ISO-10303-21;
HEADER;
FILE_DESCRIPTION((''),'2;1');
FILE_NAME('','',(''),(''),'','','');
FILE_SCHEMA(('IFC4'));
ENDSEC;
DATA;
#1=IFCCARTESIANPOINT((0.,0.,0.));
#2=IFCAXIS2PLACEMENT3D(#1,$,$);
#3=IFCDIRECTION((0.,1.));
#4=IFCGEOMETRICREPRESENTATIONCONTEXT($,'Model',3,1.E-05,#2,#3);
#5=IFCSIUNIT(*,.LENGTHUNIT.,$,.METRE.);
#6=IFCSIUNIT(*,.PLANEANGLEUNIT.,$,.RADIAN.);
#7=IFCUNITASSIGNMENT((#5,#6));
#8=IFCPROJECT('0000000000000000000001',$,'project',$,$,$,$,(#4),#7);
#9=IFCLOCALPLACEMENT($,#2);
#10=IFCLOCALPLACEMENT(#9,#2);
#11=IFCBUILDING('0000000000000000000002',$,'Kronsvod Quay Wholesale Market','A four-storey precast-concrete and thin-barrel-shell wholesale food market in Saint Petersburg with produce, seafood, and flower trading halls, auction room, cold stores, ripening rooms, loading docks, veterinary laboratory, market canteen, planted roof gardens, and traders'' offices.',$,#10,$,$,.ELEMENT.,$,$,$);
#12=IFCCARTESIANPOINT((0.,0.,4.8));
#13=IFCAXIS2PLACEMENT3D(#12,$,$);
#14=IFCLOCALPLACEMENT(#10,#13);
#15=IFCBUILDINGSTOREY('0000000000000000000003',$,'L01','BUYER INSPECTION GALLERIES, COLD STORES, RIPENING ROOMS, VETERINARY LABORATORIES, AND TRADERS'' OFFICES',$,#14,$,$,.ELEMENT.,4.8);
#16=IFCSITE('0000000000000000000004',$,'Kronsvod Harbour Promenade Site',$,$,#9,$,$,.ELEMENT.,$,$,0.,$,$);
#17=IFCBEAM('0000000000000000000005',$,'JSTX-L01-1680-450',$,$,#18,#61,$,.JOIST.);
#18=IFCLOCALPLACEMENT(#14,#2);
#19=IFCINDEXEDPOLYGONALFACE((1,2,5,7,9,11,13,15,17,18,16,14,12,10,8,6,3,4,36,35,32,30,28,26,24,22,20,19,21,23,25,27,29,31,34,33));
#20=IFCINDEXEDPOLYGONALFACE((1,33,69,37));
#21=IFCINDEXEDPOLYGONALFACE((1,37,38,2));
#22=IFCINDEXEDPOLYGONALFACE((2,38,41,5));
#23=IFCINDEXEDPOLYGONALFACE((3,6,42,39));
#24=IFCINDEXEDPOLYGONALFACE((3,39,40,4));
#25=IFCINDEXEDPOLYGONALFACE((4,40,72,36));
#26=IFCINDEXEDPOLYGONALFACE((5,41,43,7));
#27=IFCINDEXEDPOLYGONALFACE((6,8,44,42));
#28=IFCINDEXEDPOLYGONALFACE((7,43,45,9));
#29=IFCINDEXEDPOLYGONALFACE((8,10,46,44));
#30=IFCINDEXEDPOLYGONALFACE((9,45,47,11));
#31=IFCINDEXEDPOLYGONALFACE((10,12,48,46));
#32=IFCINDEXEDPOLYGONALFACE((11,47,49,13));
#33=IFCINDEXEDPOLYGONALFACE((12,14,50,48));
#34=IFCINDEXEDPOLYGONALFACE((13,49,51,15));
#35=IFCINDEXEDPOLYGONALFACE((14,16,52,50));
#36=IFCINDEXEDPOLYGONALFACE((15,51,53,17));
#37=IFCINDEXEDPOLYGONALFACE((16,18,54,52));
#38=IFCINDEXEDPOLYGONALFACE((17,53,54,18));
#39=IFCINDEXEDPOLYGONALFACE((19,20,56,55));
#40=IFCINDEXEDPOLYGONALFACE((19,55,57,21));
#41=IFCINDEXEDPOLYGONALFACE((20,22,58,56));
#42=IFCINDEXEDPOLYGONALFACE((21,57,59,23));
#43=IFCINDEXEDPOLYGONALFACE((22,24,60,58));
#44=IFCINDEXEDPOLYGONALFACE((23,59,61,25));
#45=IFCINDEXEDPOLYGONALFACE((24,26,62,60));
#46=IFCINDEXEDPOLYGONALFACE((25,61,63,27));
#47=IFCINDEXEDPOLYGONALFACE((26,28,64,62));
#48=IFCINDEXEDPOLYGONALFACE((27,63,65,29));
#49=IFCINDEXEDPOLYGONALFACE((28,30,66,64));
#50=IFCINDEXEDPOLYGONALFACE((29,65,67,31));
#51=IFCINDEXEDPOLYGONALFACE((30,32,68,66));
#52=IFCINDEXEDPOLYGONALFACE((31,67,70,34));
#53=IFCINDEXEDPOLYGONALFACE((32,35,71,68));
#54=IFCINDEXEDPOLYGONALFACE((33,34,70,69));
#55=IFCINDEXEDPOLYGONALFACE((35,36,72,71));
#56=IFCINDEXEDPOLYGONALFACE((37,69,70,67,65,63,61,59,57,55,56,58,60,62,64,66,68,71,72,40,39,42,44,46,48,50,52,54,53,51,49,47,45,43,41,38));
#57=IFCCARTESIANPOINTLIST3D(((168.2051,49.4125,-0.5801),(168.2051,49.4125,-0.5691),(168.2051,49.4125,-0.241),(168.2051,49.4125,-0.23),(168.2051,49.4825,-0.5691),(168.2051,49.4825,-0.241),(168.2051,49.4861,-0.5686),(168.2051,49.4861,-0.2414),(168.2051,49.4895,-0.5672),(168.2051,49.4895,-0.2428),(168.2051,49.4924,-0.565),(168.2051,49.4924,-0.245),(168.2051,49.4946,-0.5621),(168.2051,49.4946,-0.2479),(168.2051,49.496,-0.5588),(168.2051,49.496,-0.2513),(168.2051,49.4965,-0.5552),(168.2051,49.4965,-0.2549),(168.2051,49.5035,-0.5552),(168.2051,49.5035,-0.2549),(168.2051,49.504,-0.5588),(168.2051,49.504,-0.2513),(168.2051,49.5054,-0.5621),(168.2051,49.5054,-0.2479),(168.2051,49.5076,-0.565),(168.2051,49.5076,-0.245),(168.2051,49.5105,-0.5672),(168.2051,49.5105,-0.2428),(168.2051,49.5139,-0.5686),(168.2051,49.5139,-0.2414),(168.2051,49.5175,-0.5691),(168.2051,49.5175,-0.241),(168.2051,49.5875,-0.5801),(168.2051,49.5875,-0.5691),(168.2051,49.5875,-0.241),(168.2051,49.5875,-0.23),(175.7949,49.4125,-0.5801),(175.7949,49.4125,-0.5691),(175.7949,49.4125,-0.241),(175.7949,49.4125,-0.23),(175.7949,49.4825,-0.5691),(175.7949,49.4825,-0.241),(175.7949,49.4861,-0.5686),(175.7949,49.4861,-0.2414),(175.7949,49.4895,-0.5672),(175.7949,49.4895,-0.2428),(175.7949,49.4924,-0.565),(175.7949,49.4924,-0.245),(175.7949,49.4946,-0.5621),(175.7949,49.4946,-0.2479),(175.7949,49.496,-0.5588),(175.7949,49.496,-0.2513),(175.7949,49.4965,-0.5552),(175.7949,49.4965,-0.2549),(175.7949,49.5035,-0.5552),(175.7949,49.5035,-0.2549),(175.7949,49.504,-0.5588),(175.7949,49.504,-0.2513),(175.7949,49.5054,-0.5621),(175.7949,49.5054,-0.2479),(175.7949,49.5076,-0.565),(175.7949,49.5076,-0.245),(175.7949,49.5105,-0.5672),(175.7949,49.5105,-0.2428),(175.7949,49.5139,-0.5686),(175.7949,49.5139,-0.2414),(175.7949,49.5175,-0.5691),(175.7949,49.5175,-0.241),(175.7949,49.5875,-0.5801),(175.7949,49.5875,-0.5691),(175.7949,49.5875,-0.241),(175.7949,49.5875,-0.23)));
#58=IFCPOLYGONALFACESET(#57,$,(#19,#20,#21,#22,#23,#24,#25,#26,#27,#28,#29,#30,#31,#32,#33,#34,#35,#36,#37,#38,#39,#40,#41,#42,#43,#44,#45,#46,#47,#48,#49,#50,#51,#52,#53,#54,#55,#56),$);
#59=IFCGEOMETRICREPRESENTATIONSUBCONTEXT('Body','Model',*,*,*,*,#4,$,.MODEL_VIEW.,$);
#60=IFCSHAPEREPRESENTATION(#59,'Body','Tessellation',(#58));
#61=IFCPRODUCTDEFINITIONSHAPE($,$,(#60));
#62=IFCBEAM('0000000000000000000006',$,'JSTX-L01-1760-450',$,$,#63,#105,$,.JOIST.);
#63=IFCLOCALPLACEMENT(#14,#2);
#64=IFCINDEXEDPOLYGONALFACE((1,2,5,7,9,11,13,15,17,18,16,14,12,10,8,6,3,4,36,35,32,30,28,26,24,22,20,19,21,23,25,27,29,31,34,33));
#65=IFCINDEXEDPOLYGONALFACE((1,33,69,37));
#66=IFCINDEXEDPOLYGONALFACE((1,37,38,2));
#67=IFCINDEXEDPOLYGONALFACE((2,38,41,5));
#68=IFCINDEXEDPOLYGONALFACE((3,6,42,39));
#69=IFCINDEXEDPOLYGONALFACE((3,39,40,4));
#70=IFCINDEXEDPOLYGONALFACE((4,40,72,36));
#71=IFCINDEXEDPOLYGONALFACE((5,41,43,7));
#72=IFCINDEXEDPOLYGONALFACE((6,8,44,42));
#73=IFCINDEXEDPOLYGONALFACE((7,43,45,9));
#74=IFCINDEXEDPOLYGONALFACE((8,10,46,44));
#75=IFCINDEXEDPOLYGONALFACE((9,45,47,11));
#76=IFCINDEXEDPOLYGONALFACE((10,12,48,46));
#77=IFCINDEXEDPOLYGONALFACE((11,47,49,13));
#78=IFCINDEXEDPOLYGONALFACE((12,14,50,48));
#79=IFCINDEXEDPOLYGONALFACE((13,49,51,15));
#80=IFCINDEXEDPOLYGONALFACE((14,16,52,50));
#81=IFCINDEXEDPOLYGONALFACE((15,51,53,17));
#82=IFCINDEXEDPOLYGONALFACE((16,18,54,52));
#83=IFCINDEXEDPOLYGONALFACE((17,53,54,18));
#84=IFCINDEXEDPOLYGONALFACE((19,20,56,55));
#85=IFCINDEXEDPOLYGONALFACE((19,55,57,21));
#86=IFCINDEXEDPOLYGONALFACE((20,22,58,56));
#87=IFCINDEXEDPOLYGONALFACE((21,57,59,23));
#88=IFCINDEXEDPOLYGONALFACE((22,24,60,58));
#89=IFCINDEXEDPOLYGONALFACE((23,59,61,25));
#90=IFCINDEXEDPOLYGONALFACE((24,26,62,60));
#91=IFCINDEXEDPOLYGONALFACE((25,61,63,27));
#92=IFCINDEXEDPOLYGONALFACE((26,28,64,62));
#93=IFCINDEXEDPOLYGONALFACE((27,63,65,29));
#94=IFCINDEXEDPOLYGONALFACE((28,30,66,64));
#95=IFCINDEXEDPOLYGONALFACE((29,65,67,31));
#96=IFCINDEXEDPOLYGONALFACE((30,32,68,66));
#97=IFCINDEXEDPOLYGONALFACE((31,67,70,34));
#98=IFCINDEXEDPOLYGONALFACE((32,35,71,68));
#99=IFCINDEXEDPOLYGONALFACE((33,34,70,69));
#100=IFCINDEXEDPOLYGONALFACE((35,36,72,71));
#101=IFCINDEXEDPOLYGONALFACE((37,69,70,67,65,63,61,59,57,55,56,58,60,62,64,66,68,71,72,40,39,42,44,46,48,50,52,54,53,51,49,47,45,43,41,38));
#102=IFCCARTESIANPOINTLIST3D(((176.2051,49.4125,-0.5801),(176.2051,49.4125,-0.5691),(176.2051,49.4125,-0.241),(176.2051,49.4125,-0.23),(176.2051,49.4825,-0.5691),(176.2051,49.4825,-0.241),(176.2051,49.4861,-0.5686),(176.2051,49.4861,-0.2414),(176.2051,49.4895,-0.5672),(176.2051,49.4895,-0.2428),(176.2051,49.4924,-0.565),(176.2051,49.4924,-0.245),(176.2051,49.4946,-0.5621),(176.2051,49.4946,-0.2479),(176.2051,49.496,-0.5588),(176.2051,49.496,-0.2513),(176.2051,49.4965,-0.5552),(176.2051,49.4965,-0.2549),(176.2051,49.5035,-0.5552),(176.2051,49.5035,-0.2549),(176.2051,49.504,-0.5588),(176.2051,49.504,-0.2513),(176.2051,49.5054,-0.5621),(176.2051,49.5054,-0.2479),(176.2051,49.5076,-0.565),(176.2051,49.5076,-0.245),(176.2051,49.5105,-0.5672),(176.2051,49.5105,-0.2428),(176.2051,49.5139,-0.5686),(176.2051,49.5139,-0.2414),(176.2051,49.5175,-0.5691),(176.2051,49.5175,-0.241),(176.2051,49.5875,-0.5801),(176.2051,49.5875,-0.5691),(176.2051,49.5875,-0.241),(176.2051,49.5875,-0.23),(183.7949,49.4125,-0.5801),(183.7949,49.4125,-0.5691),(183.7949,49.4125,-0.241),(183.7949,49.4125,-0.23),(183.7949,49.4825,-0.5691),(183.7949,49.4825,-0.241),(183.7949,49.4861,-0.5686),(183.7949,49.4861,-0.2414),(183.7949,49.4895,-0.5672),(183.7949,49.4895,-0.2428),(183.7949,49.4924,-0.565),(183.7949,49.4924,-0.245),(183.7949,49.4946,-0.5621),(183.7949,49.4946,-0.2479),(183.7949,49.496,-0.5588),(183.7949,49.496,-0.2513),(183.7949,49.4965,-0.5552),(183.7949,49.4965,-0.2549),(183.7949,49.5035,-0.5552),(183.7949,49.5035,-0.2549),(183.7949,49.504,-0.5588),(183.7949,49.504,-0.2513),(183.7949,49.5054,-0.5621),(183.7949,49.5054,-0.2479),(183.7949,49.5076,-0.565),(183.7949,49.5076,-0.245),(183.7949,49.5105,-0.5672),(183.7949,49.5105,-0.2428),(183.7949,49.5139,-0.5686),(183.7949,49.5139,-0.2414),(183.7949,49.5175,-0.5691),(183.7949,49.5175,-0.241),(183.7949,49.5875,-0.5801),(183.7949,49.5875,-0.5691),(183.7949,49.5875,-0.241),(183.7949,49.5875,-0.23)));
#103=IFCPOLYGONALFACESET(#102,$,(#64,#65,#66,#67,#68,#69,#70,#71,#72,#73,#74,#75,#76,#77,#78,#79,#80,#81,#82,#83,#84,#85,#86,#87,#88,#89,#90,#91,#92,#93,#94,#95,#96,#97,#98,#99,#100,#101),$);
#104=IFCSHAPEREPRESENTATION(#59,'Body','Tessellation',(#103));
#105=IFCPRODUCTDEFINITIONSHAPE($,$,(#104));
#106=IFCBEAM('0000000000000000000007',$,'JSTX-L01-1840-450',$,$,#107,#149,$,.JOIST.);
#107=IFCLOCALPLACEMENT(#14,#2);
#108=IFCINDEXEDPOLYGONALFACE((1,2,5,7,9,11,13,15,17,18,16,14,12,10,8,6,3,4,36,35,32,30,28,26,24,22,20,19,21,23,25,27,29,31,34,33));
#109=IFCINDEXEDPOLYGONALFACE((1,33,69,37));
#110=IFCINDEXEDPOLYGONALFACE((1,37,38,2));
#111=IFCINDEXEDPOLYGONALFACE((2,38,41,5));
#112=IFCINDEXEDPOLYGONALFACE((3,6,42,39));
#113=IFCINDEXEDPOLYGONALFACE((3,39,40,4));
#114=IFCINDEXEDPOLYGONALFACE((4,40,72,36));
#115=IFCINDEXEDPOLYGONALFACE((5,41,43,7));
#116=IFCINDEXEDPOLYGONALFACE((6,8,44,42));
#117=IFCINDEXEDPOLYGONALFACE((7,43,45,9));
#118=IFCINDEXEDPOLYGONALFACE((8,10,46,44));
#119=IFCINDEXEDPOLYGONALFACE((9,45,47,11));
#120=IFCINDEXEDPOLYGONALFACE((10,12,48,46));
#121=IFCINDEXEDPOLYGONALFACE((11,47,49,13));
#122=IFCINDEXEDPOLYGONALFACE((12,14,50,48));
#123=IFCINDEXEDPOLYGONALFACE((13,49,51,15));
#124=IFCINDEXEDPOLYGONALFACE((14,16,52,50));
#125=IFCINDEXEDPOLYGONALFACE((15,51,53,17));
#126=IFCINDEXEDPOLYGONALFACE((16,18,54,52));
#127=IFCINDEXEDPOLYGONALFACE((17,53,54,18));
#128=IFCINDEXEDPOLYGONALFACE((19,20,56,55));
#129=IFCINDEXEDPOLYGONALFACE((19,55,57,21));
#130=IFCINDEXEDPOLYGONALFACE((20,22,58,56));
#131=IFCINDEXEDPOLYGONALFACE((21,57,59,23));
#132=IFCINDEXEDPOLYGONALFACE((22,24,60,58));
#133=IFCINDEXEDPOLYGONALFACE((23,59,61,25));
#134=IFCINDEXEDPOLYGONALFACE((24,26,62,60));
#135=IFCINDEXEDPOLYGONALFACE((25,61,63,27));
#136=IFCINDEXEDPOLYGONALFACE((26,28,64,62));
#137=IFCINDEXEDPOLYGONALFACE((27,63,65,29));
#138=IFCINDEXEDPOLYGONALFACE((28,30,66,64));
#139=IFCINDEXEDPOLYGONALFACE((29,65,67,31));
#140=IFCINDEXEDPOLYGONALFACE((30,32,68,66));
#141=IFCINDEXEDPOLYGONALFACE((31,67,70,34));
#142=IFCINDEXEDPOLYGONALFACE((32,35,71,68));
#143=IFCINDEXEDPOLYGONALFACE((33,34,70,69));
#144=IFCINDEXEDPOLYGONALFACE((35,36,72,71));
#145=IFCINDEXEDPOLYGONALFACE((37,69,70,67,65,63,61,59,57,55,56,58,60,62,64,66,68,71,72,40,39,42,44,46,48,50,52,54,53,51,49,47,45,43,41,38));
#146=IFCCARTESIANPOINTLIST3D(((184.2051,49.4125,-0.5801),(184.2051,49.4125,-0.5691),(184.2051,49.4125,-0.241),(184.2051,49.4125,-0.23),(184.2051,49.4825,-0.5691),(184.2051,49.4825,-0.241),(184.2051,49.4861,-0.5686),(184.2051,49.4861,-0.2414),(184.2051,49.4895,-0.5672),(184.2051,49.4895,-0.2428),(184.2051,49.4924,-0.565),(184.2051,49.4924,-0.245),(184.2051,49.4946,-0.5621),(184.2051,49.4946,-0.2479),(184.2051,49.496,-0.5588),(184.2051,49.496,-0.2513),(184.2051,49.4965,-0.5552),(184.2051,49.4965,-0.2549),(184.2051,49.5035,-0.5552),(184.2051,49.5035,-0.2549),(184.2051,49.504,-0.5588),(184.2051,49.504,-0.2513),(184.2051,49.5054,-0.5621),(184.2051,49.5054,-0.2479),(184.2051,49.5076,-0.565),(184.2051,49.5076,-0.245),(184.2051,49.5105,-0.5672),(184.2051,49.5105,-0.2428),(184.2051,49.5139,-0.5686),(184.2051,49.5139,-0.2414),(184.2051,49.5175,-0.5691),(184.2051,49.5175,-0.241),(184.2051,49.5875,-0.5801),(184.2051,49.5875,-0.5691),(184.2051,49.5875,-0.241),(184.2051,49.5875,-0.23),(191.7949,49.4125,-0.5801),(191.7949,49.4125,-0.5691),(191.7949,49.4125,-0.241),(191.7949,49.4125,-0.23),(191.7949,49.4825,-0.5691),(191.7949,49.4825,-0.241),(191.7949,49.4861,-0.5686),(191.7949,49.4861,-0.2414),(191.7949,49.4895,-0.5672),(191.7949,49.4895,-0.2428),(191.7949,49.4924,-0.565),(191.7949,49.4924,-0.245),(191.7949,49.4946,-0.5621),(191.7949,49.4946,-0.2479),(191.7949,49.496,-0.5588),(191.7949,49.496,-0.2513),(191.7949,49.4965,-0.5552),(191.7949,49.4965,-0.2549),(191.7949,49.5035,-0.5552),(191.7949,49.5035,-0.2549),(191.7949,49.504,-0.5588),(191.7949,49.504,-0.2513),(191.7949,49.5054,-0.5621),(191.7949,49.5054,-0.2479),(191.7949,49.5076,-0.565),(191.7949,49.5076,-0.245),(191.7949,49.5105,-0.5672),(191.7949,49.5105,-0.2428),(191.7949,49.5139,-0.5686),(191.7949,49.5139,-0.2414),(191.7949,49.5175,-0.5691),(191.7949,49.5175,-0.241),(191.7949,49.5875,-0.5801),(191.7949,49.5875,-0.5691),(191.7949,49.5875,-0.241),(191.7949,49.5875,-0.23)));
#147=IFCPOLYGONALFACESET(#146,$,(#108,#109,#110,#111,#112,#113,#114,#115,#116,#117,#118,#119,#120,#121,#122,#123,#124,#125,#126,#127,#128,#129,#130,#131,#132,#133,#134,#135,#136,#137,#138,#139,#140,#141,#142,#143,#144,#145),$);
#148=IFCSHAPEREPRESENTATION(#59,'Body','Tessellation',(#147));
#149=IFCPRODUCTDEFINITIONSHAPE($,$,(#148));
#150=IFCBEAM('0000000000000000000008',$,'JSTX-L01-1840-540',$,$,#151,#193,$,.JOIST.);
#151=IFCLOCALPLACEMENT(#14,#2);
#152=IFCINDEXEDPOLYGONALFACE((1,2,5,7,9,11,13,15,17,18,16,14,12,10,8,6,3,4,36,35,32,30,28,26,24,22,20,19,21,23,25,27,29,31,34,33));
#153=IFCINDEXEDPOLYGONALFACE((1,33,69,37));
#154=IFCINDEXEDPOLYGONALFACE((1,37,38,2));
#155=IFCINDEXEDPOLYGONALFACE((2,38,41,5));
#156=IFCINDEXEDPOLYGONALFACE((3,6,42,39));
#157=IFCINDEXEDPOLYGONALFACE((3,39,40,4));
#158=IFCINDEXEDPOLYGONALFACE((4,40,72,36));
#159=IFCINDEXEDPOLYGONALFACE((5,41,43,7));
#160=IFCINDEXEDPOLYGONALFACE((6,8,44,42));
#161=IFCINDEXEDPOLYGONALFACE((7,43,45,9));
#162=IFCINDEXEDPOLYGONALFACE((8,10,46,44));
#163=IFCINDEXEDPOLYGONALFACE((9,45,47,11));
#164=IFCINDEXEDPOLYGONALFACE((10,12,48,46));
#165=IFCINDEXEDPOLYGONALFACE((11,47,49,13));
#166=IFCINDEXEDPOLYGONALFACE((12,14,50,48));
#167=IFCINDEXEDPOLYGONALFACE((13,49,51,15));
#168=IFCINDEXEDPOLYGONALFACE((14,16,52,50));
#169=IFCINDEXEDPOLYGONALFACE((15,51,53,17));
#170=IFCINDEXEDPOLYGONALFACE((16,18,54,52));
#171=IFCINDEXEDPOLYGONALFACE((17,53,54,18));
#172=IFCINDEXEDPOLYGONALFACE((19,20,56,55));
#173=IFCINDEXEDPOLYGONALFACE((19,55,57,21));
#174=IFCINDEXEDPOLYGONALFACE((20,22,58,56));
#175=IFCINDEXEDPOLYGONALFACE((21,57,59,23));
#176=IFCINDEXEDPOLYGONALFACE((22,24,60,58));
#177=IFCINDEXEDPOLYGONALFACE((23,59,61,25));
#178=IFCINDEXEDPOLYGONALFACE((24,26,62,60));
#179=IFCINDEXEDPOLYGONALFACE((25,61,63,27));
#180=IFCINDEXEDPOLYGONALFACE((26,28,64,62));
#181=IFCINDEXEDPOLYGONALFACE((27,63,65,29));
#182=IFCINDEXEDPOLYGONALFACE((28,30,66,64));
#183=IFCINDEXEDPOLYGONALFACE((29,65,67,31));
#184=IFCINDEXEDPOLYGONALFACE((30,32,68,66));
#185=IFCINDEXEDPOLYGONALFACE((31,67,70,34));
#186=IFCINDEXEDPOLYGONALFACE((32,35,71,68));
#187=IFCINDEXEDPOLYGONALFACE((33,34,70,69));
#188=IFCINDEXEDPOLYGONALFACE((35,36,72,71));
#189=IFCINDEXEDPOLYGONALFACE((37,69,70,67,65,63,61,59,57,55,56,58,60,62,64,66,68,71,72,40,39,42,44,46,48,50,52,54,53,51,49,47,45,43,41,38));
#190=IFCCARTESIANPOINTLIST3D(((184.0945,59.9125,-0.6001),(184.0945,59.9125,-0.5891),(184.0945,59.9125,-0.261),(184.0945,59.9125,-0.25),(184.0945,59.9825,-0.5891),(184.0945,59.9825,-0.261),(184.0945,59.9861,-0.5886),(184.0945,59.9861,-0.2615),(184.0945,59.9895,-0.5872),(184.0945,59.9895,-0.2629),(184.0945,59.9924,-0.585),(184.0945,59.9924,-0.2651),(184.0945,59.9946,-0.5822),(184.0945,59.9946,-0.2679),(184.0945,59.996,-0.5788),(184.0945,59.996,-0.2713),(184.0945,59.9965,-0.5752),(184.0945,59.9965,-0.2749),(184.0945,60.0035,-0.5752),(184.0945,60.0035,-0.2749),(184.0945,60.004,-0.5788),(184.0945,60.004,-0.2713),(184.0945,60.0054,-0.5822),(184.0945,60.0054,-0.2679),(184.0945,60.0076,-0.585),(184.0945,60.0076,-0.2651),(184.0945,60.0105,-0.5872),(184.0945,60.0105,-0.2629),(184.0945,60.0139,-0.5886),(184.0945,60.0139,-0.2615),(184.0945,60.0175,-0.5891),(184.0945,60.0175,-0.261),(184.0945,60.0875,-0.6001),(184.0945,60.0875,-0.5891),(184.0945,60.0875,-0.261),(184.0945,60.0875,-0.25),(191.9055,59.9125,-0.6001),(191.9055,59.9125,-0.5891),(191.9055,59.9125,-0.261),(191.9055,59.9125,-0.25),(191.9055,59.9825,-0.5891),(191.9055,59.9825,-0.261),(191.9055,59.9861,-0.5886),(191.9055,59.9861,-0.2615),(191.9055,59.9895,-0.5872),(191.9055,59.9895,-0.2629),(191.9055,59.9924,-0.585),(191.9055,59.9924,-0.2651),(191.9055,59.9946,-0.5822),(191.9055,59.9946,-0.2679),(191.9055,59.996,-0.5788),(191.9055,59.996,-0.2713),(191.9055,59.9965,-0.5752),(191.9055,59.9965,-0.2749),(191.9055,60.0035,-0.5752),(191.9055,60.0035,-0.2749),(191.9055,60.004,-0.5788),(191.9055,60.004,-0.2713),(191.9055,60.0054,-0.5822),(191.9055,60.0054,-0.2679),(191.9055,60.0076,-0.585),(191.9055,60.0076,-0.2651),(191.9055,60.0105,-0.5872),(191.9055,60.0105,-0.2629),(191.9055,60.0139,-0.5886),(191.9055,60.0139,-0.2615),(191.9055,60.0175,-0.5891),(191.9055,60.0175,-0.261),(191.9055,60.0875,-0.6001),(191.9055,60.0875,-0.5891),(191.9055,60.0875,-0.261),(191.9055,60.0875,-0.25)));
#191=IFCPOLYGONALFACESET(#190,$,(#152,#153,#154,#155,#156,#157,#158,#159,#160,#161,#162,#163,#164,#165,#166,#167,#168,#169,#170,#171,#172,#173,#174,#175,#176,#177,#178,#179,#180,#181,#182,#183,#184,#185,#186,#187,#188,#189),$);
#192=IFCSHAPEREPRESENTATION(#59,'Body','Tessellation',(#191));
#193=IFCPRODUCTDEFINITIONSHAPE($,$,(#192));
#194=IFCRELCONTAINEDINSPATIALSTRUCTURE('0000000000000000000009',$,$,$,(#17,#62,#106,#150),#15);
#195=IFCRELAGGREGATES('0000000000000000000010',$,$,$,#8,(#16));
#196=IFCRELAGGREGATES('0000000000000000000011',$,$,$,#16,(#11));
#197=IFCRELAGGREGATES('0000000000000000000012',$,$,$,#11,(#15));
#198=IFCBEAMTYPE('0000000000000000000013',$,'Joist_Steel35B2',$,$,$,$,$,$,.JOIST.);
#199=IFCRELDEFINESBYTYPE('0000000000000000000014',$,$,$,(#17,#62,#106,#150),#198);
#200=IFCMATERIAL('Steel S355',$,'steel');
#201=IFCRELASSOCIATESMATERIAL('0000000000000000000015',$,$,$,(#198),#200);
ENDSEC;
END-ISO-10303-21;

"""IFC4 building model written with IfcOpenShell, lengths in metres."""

from ifc_helpers import new_model, si_unit, direction, frame, origin, origin_2d, place, context, subcontext, project, spatial, i_section, extrude, material, material_profile, profile_set, type_object, element, save


model = new_model("IFC4")

# Units and contexts
model_context = context("Model", 3, precision=1e-05, world=origin(), true_north=direction((0.0, 1.0)))
body_context = subcontext(model_context, "Body", "Model", "MODEL_VIEW")
ifc_project = project(units=[si_unit("LENGTHUNIT", "METRE"), si_unit("PLANEANGLEUNIT", "RADIAN")], contexts=[model_context])

# Site, building, storey
site_placement = place(None, origin())
site = spatial("IfcSite", under=ifc_project, at=site_placement, Name="Kronsvod Harbour Promenade Site", CompositionType="ELEMENT", RefElevation=0.0)
building_placement = place(site_placement, origin())
building = spatial("IfcBuilding", under=site, at=building_placement, Name="Kronsvod Quay Wholesale Market", Description="A four-storey precast-concrete and thin-barrel-shell wholesale food market in Saint Petersburg with produce, seafood, and flower trading halls, auction room, cold stores, ripening rooms, loading docks, veterinary laboratory, market canteen, planted roof gardens, and traders' offices.", CompositionType="ELEMENT")
storey_placement = place(building_placement, frame((0.0, 0.0, 4.8)))
storey = spatial("IfcBuildingStorey", under=building, at=storey_placement, Name="L01", Description="BUYER INSPECTION GALLERIES, COLD STORES, RIPENING ROOMS, VETERINARY LABORATORIES, AND TRADERS' OFFICES", CompositionType="ELEMENT", Elevation=4.8)

# Beams
ifc_material_1 = material(Name="Steel S355", Category="steel")
ifc_material_profile_1 = material_profile(ifc_material_1, i_section(OverallWidth=0.175, OverallDepth=0.3501, WebThickness=0.0071, FlangeThickness=0.011, FilletRadius=0.0139, at=origin_2d()), Name="35B2")
ifc_profile_set_1 = profile_set([ifc_material_profile_1], Name="Steel S355")
beam_type_1 = type_object("IfcBeamType", Name="Joist_Steel35B2", PredefinedType="JOIST", material=ifc_profile_set_1)
for number, where, z_axis, x_axis, name in (
    (1, (168.2051, 49.5, -0.405), (1.0, 0.0, 0.0), (0.0, 1.0, 0.0), "JSTX-L01-1680-450"),
    (2, (176.2051, 49.5, -0.405), (1.0, 0.0, 0.0), (0.0, 1.0, 0.0), "JSTX-L01-1760-450"),
    (3, (184.2051, 49.5, -0.405), (1.0, 0.0, 0.0), (0.0, 1.0, 0.0), "JSTX-L01-1840-450"),
):
    element("IfcBeam", number, at=place(storey_placement, frame(where, z_axis=z_axis, x_axis=x_axis)), inside=storey, type_object=beam_type_1, Name=name, PredefinedType="JOIST", context=body_context, shape_type="SweptSolid", body=[
        extrude(i_section(OverallWidth=0.175, OverallDepth=0.3501, WebThickness=0.0071, FlangeThickness=0.011, FilletRadius=0.0139, at=origin_2d()), origin(), (0.0, 0.0, 1.0), 7.5898),
    ])
for number, where, z_axis, x_axis, name in (
    (4, (184.0945, 60.0, -0.425), (1.0, 0.0, 0.0), (0.0, 1.0, 0.0), "JSTX-L01-1840-540"),
):
    element("IfcBeam", number, at=place(storey_placement, frame(where, z_axis=z_axis, x_axis=x_axis)), inside=storey, type_object=beam_type_1, Name=name, PredefinedType="JOIST", context=body_context, shape_type="SweptSolid", body=[
        extrude(i_section(OverallWidth=0.175, OverallDepth=0.3501, WebThickness=0.0071, FlangeThickness=0.011, FilletRadius=0.0139, at=origin_2d()), origin(), (0.0, 0.0, 1.0), 7.811),
    ])

save(model, "model.ifc")
